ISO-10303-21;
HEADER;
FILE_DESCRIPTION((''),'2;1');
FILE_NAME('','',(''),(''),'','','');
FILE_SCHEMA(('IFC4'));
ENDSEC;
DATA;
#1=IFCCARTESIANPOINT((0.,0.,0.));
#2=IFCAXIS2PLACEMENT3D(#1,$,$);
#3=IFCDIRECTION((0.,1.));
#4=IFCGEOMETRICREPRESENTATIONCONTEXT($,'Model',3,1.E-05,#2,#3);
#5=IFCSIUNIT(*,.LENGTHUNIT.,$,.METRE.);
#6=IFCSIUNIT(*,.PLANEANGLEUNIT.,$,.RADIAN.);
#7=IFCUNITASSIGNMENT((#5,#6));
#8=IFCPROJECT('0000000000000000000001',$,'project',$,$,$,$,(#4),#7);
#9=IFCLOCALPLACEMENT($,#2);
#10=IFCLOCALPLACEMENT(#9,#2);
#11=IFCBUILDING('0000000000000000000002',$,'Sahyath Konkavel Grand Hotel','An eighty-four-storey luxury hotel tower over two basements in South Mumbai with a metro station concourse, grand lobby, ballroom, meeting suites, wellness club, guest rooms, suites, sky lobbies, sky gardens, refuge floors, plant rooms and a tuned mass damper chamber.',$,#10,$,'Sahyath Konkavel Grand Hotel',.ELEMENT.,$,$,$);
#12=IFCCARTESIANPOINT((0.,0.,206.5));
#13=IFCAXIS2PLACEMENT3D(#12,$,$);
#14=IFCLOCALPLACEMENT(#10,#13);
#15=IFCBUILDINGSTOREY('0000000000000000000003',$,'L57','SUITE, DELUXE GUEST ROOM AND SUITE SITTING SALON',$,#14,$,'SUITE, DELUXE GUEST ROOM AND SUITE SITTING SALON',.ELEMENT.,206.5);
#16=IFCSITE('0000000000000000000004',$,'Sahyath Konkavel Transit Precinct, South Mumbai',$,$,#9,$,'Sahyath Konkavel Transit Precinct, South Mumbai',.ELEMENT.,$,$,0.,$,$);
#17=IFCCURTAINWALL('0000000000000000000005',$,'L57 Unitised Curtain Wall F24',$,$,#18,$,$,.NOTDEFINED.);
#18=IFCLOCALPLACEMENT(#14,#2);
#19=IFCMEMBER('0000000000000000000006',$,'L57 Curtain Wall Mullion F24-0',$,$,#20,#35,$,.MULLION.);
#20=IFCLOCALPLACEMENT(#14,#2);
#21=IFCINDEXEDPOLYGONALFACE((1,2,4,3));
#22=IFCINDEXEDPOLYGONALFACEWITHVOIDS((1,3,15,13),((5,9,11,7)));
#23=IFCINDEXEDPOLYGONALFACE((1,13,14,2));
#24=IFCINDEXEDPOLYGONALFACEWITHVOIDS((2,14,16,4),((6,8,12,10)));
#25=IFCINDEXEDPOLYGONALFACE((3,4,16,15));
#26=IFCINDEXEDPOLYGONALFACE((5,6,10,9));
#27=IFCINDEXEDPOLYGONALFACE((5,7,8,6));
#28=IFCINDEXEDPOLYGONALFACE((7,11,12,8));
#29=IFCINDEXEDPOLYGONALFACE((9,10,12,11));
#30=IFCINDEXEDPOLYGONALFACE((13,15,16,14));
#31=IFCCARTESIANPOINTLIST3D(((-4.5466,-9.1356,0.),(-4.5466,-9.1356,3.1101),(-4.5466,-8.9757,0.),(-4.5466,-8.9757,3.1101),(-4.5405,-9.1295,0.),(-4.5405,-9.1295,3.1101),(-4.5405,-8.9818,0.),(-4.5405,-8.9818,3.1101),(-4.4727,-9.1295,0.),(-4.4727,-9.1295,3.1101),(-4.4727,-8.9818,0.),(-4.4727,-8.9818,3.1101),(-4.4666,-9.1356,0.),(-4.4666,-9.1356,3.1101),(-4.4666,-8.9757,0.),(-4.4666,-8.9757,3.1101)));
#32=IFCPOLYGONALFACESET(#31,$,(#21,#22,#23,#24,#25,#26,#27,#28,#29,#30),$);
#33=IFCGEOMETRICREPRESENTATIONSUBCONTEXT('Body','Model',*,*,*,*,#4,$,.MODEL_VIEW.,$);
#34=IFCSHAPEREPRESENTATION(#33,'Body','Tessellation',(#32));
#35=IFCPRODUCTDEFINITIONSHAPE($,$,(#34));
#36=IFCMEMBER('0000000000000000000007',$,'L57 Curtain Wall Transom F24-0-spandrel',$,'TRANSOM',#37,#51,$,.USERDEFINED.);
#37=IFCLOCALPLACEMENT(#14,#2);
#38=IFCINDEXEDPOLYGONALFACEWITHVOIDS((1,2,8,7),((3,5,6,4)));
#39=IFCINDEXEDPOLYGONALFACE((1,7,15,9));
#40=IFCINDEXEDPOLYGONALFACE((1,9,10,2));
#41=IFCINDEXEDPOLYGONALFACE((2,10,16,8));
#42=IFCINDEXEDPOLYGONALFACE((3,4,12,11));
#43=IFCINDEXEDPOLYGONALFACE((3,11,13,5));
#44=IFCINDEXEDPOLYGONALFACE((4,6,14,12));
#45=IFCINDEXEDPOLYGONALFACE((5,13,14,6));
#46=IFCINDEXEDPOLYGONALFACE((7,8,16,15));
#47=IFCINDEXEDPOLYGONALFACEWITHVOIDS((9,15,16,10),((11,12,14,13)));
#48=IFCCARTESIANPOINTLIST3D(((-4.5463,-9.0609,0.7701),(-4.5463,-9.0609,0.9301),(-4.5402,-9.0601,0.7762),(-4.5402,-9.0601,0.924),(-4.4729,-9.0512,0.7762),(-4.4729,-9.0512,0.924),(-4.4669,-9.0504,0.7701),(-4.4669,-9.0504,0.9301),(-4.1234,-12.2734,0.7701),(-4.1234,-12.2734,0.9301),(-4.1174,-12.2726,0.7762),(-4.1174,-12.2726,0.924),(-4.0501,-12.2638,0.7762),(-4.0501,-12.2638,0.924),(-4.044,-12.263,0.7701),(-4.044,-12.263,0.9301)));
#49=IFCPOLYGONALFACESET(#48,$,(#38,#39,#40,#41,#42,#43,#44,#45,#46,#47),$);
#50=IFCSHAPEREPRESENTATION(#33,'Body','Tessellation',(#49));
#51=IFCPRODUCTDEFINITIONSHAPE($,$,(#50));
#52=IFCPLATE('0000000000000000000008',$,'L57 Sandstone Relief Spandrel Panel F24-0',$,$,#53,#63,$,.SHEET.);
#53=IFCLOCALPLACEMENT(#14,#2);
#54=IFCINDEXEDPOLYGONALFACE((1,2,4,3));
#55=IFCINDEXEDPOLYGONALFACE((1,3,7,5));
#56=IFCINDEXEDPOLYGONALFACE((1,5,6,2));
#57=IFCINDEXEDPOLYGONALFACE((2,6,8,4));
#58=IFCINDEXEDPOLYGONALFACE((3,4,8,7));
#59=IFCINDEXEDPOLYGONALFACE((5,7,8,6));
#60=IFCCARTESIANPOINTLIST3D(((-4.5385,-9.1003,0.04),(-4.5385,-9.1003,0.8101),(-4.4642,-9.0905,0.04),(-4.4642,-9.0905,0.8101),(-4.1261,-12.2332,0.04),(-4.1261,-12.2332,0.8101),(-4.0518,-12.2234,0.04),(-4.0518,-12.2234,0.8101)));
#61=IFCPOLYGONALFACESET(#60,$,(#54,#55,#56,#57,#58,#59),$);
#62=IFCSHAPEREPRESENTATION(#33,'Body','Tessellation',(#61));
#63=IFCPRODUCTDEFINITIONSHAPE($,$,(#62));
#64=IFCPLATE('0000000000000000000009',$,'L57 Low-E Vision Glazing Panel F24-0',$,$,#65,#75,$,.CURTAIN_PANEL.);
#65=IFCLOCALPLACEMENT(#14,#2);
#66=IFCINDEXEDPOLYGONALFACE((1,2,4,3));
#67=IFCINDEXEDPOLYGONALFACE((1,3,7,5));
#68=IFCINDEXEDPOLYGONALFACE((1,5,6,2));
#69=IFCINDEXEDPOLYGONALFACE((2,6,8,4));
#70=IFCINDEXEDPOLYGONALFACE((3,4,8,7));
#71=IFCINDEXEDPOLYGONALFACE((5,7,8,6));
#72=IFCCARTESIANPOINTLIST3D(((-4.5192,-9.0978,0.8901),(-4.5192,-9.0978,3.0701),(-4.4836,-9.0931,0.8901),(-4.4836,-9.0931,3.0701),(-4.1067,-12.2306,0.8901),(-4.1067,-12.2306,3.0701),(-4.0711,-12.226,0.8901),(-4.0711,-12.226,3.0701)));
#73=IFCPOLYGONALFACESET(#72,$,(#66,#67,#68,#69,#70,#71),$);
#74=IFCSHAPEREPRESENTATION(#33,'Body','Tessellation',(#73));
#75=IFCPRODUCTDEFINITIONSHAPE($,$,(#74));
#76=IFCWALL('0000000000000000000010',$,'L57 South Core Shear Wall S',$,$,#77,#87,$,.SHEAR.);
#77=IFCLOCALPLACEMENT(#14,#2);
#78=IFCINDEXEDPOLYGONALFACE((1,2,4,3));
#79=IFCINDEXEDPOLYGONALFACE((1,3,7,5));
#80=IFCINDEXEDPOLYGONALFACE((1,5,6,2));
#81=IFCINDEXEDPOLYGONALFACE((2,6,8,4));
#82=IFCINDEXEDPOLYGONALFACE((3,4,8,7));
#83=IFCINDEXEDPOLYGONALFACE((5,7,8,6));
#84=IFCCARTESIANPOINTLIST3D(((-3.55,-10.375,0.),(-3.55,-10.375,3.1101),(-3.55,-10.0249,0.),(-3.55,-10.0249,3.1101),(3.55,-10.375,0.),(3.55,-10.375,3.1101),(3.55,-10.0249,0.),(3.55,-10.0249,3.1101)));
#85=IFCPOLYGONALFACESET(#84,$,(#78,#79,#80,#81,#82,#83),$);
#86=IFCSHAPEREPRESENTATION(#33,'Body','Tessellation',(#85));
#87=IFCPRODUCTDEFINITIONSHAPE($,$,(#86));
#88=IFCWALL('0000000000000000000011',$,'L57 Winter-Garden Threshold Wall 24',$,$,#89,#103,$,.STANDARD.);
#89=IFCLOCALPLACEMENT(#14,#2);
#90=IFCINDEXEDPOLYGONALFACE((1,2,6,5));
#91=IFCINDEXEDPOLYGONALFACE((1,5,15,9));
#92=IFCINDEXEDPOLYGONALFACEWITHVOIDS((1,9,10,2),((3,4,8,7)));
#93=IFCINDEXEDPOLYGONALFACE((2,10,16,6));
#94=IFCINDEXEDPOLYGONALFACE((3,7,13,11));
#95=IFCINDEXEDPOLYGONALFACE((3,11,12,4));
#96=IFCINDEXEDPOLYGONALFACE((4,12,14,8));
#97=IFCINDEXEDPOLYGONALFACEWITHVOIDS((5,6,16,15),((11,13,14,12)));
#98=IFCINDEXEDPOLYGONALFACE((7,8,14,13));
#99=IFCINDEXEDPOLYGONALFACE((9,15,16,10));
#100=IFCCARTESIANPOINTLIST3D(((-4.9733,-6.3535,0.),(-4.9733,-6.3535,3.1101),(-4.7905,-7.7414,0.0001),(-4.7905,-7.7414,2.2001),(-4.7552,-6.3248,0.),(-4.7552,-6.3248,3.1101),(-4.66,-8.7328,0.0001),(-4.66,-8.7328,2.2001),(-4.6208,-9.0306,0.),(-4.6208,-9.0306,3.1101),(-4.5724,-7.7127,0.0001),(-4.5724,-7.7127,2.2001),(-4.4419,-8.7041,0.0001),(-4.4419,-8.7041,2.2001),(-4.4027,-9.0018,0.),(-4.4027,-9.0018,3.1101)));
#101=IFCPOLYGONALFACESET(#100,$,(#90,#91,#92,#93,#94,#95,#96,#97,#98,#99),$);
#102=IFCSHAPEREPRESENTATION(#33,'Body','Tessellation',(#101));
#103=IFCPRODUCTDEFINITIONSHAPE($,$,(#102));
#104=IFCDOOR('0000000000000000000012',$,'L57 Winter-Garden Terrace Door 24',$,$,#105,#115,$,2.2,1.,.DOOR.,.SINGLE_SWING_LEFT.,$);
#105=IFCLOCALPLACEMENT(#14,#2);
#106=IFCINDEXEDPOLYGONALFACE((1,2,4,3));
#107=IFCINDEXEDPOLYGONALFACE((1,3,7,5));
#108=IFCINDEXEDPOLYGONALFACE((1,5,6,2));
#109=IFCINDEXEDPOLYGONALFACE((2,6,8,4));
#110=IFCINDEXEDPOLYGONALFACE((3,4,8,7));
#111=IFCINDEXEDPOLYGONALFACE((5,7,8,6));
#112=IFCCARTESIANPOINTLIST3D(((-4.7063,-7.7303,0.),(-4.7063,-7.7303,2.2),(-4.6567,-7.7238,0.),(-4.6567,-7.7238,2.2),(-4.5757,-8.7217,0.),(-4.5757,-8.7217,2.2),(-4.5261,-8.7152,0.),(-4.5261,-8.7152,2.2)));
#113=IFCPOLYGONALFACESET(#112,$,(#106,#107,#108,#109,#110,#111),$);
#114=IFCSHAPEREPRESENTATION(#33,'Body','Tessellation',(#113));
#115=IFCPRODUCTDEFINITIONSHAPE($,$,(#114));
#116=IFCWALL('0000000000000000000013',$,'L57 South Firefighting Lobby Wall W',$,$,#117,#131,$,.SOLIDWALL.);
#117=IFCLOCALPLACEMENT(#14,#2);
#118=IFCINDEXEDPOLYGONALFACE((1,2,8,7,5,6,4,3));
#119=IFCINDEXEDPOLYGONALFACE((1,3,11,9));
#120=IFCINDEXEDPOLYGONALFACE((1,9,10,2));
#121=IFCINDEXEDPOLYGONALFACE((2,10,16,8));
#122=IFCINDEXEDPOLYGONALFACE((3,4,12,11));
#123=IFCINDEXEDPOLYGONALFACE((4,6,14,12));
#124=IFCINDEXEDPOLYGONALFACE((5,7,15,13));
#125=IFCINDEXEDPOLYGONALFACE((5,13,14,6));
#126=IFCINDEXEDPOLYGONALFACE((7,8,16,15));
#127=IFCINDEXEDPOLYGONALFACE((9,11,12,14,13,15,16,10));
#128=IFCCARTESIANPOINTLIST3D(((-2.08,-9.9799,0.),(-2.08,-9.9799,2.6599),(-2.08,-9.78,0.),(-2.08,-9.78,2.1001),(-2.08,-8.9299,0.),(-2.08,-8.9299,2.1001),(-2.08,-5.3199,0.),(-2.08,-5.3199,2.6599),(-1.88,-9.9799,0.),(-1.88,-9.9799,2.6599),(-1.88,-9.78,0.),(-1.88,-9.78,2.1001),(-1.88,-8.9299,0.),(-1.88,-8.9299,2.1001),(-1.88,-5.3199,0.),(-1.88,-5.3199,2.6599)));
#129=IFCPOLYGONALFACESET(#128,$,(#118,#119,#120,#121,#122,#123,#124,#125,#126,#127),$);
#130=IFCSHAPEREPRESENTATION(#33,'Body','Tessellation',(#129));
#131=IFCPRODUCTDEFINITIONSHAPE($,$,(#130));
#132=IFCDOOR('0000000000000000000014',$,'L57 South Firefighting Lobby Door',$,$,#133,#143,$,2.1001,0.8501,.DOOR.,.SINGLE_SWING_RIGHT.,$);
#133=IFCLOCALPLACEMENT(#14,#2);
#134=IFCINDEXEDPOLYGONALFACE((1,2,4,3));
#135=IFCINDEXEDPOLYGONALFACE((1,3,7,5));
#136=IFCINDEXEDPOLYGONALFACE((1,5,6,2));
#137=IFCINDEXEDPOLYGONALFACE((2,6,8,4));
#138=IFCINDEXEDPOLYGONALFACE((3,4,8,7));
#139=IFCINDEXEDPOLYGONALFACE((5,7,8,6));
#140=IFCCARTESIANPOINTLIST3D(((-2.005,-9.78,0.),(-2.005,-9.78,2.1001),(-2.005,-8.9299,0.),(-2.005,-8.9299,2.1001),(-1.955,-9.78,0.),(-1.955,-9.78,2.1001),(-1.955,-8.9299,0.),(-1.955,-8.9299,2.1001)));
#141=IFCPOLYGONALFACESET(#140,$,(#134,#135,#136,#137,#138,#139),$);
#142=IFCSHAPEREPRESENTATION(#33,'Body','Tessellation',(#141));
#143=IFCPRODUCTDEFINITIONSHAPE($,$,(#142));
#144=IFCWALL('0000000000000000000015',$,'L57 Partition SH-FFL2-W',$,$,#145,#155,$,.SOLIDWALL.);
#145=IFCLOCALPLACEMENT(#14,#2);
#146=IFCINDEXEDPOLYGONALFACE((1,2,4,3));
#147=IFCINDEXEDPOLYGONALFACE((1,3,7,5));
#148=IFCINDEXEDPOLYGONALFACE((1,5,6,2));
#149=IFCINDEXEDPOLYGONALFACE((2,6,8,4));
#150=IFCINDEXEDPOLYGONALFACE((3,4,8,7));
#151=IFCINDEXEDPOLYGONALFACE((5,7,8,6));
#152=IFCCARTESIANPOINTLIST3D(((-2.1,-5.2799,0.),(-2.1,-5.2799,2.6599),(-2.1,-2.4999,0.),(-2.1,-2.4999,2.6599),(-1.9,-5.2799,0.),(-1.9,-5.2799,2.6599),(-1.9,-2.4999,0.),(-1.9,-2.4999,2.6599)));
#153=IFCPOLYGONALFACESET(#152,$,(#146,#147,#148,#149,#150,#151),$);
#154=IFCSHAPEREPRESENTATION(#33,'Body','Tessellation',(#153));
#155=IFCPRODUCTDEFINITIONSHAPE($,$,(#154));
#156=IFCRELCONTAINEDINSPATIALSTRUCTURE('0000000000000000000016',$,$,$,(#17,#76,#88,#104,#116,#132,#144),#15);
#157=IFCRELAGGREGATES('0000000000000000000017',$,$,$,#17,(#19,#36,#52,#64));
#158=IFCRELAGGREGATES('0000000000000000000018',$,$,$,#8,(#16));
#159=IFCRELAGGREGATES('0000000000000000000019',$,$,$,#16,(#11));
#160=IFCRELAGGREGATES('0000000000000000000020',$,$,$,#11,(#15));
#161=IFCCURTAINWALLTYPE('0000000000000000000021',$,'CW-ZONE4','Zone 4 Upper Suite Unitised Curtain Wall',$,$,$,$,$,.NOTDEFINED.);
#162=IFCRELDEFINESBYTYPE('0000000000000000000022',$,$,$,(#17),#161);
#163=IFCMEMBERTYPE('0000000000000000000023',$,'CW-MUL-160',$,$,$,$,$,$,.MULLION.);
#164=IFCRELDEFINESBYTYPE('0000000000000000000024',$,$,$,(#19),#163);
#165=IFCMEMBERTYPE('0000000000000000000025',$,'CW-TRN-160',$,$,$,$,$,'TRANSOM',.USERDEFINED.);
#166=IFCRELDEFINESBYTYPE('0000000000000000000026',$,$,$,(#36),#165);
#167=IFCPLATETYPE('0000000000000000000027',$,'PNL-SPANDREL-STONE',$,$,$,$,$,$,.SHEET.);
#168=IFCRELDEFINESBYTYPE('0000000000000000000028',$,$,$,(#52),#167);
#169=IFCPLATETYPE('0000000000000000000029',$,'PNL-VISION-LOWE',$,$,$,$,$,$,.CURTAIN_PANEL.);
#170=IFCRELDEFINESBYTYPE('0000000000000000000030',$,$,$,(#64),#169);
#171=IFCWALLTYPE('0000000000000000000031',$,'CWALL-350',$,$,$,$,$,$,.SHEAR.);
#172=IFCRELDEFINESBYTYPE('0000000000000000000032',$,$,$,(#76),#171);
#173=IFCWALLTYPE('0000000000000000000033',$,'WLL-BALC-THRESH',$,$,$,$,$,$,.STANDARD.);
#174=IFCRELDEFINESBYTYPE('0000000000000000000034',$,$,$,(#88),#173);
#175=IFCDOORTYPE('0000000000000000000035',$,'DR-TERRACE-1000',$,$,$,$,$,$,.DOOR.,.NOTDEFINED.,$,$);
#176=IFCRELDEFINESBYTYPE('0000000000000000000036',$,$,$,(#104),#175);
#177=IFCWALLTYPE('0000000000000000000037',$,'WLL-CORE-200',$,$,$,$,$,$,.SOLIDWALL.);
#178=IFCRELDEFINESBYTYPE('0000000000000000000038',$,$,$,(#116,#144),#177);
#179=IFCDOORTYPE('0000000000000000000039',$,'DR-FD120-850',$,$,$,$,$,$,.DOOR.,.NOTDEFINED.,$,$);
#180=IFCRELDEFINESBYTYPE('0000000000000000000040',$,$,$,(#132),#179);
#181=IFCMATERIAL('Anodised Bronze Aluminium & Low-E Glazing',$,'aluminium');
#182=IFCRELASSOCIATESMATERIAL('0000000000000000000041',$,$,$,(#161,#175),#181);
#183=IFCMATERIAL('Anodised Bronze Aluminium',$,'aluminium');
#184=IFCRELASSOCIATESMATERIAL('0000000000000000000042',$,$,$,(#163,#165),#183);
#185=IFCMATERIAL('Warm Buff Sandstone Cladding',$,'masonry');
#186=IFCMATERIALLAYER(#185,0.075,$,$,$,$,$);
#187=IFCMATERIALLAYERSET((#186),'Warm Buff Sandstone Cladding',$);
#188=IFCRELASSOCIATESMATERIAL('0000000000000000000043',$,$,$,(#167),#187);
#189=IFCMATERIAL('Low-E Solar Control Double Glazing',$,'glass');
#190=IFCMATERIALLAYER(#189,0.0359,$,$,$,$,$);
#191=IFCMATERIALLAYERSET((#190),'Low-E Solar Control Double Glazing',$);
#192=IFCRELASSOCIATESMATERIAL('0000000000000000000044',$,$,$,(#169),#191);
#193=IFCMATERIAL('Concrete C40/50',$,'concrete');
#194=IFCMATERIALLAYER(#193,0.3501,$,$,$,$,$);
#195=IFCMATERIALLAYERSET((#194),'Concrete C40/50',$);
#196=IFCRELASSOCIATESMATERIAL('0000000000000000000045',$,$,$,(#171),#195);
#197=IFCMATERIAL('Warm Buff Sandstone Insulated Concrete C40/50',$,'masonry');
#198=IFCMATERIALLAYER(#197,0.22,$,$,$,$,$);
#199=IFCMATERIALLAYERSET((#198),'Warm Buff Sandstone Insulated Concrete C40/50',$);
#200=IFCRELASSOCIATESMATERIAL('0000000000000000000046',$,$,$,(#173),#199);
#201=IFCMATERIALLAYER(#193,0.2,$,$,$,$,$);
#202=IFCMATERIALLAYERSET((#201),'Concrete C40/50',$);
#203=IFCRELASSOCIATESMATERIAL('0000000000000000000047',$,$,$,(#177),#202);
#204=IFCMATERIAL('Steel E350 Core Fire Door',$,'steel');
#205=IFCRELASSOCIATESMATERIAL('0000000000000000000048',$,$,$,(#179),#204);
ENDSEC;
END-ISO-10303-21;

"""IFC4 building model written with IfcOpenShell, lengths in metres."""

from ifc_helpers import new_model, si_unit, direction, frame, frame_2d, origin, origin_2d, place, context, subcontext, project, spatial, rectangle, hollow_rectangle, extrude, source, transform, mapped, material, layer, layer_set, material_profile, profile_set, type_object, element, fill, aggregate, save


model = new_model("IFC4")

# Units and contexts
model_context = context("Model", 3, precision=1e-05, world=origin(), true_north=direction((0.0, 1.0)))
body_context = subcontext(model_context, "Body", "Model", "MODEL_VIEW")
ifc_project = project(units=[si_unit("LENGTHUNIT", "METRE"), si_unit("PLANEANGLEUNIT", "RADIAN")], contexts=[model_context])

# Site, building, storey
site_placement = place(None, origin())
site = spatial("IfcSite", under=ifc_project, at=site_placement, Name="Sahyath Konkavel Transit Precinct, South Mumbai", LongName="Sahyath Konkavel Transit Precinct, South Mumbai", CompositionType="ELEMENT", RefElevation=0.0)
building_placement = place(site_placement, origin())
building = spatial("IfcBuilding", under=site, at=building_placement, Name="Sahyath Konkavel Grand Hotel", Description="An eighty-four-storey luxury hotel tower over two basements in South Mumbai with a metro station concourse, grand lobby, ballroom, meeting suites, wellness club, guest rooms, suites, sky lobbies, sky gardens, refuge floors, plant rooms and a tuned mass damper chamber.", LongName="Sahyath Konkavel Grand Hotel", CompositionType="ELEMENT")
storey_placement = place(building_placement, frame((0.0, 0.0, 206.5)))
storey = spatial("IfcBuildingStorey", under=building, at=storey_placement, Name="L57", Description="SUITE, DELUXE GUEST ROOM AND SUITE SITTING SALON", LongName="SUITE, DELUXE GUEST ROOM AND SUITE SITTING SALON", CompositionType="ELEMENT", Elevation=206.5)

# Shared definitions
ifc_material_1 = material(Name="Concrete C40/50", Category="concrete")

# Shared definitions
ifc_material_2 = material(Name="Anodised Bronze Aluminium & Low-E Glazing", Category="aluminium")
curtain_wall_type = type_object("IfcCurtainWallType", Name="CW-ZONE4", Description="Zone 4 Upper Suite Unitised Curtain Wall", PredefinedType="NOTDEFINED", material=ifc_material_2)
ifc_material_3 = material(Name="Anodised Bronze Aluminium", Category="aluminium")
ifc_material_profile_1 = material_profile(ifc_material_3, hollow_rectangle(XDim=0.0801, YDim=0.1599, WallThickness=0.0061, at=origin_2d()), Name="RHS 160x80x6")
ifc_profile_set_1 = profile_set([ifc_material_profile_1], Name="Anodised Bronze Aluminium")
member_type_1 = type_object("IfcMemberType", Name="CW-MUL-160", PredefinedType="MULLION", material=ifc_profile_set_1)
shared_shape_1 = source(origin(), body_context, "Body", "SweptSolid", [
    extrude(hollow_rectangle(XDim=0.0801, YDim=0.1599, WallThickness=0.0061, at=origin_2d()), origin(), (0.0, 0.0, 1.0), 3.1101),
])

# Curtain wall, members, plates
curtain_wall_1_placement = place(storey_placement, origin())
curtain_wall_1 = element("IfcCurtainWall", 1, at=curtain_wall_1_placement, inside=storey, type_object=curtain_wall_type, Name="L57 Unitised Curtain Wall F24", PredefinedType="NOTDEFINED")
member_1_placement = place(storey_placement, frame((-4.5066, -9.0557, 0.0), z_axis=(0.0, 0.0, 1.0), x_axis=(1.0, 0.0, 0.0)))
member_1 = element("IfcMember", 2, at=member_1_placement, type_object=member_type_1, Name="L57 Curtain Wall Mullion F24-0", PredefinedType="MULLION", context=body_context, shape_type="MappedRepresentation", body=[
    mapped(shared_shape_1, transform((0.0, 0.0, 0.0), scale=1.0)),
])
ifc_material_profile_2 = material_profile(ifc_material_3, hollow_rectangle(XDim=0.0801, YDim=0.1599, WallThickness=0.0061, at=origin_2d()), Name="RHS 160x80x6")
ifc_profile_set_2 = profile_set([ifc_material_profile_2], Name="Anodised Bronze Aluminium")
member_type_2 = type_object("IfcMemberType", Name="CW-TRN-160", ElementType="TRANSOM", PredefinedType="USERDEFINED", material=ifc_profile_set_2)
shared_shape_2 = source(origin(), body_context, "Body", "SweptSolid", [
    extrude(hollow_rectangle(XDim=0.0801, YDim=0.1599, WallThickness=0.0061, at=origin_2d()), origin(), (0.0, 0.0, 1.0), 3.2402),
])
member_2_placement = place(storey_placement, frame((-4.5066, -9.0557, 0.8501), z_axis=(0.130505, -0.991448, 0.0), x_axis=(0.991448, 0.130505, 0.0)))
member_2 = element("IfcMember", 3, at=member_2_placement, type_object=member_type_2, Name="L57 Curtain Wall Transom F24-0-spandrel", ObjectType="TRANSOM", PredefinedType="USERDEFINED", context=body_context, shape_type="MappedRepresentation", body=[
    mapped(shared_shape_2, transform((0.0, 0.0, 0.0), scale=1.0)),
])
ifc_material_4 = material(Name="Warm Buff Sandstone Cladding", Category="masonry")
ifc_layer_1 = layer(ifc_material_4, 0.075)
ifc_layer_set_1 = layer_set([ifc_layer_1], Name="Warm Buff Sandstone Cladding")
plate_type_1 = type_object("IfcPlateType", Name="PNL-SPANDREL-STONE", PredefinedType="SHEET", material=ifc_layer_set_1)
shared_shape_3 = source(origin(), body_context, "Body", "SweptSolid", [
    extrude(rectangle(XDim=3.1599, YDim=0.075, at=origin_2d()), origin(), (0.0, 0.0, 1.0), 0.77),
])
plate_1_placement = place(storey_placement, frame((-4.2952, -10.6619, 0.04), z_axis=(0.0, 0.0, 1.0), x_axis=(0.130526, -0.991445, 0.0)))
plate_1 = element("IfcPlate", 4, at=plate_1_placement, type_object=plate_type_1, Name="L57 Sandstone Relief Spandrel Panel F24-0", PredefinedType="SHEET", context=body_context, shape_type="MappedRepresentation", body=[
    mapped(shared_shape_3, transform((0.0, 0.0, 0.0), scale=1.0)),
])
ifc_material_5 = material(Name="Low-E Solar Control Double Glazing", Category="glass")
ifc_layer_2 = layer(ifc_material_5, 0.0359)
ifc_layer_set_2 = layer_set([ifc_layer_2], Name="Low-E Solar Control Double Glazing")
plate_type_2 = type_object("IfcPlateType", Name="PNL-VISION-LOWE", PredefinedType="CURTAIN_PANEL", material=ifc_layer_set_2)
shared_shape_4 = source(origin(), body_context, "Body", "SweptSolid", [
    extrude(rectangle(XDim=3.1599, YDim=0.0359, at=origin_2d()), origin(), (0.0, 0.0, 1.0), 2.1799),
])
plate_2_placement = place(storey_placement, frame((-4.2952, -10.6619, 0.8901), z_axis=(0.0, 0.0, 1.0), x_axis=(0.130526, -0.991445, 0.0)))
plate_2 = element("IfcPlate", 5, at=plate_2_placement, type_object=plate_type_2, Name="L57 Low-E Vision Glazing Panel F24-0", PredefinedType="CURTAIN_PANEL", context=body_context, shape_type="MappedRepresentation", body=[
    mapped(shared_shape_4, transform((0.0, 0.0, 0.0), scale=1.0)),
])
aggregate(curtain_wall_1, [member_1, member_2, plate_1, plate_2])

# Wall
ifc_layer_3 = layer(ifc_material_1, 0.3501)
ifc_layer_set_3 = layer_set([ifc_layer_3], Name="Concrete C40/50")
wall_type_1 = type_object("IfcWallType", Name="CWALL-350", PredefinedType="SHEAR", material=ifc_layer_set_3)
wall_1_placement = place(storey_placement, frame((-3.55, -10.2, 0.0), z_axis=(0.0, 0.0, 1.0), x_axis=(1.0, 0.0, 0.0)))
element("IfcWall", 6, at=wall_1_placement, inside=storey, type_object=wall_type_1, Name="L57 South Core Shear Wall S", PredefinedType="SHEAR", context=body_context, shape_type="SweptSolid", body=[
    extrude(rectangle(XDim=7.1001, YDim=0.3501, at=frame_2d((3.55, 0.0))), origin(), (0.0, 0.0, 1.0), 3.1101),
])

# Walls, openings, doors
ifc_material_6 = material(Name="Warm Buff Sandstone Insulated Concrete C40/50", Category="masonry")
ifc_layer_4 = layer(ifc_material_6, 0.22)
ifc_layer_set_4 = layer_set([ifc_layer_4], Name="Warm Buff Sandstone Insulated Concrete C40/50")
wall_type_2 = type_object("IfcWallType", Name="WLL-BALC-THRESH", PredefinedType="STANDARD", material=ifc_layer_set_4)
wall_2_placement = place(storey_placement, frame((-4.8643, -6.3391, 0.0), z_axis=(0.0, 0.0, 1.0), x_axis=(0.130564, -0.99144, 0.0)))
wall_2 = element("IfcWall", 7, at=wall_2_placement, inside=storey, type_object=wall_type_2, Name="L57 Winter-Garden Threshold Wall 24", PredefinedType="STANDARD", context=body_context, shape_type="SweptSolid", body=[
    extrude(rectangle(XDim=2.7002, YDim=0.22, at=frame_2d((1.3501, 0.0))), origin(), (0.0, 0.0, 1.0), 3.1101),
])
opening_1_placement = place(wall_2_placement, frame((1.3999, 0.0, 0.0)))
opening_1 = element("IfcOpeningElement", 8, at=opening_1_placement, cuts=wall_2, PredefinedType="OPENING", context=body_context, shape_type="SweptSolid", body=[
    extrude(rectangle(XDim=1.0, YDim=2.2, at=frame_2d((0.5, 1.1001))), frame((0.0, 0.1201, 0.0), z_axis=(0.0, -1.0, 0.0), x_axis=(1.0, 0.0, 0.0)), (0.0, 0.0, 1.0), 0.24),
])
door_type_1 = type_object("IfcDoorType", Name="DR-TERRACE-1000", OperationType="NOTDEFINED", PredefinedType="DOOR", material=ifc_material_2)
shared_shape_5 = source(origin(), body_context, "Body", "SweptSolid", [
    extrude(rectangle(XDim=1.0, YDim=0.05, at=origin_2d()), origin(), (0.0, 0.0, 1.0), 2.2),
])
door_1_placement = place(opening_1_placement, frame((0.5, 0.0, 0.0)))
door_1 = element("IfcDoor", 9, at=door_1_placement, inside=storey, type_object=door_type_1, Name="L57 Winter-Garden Terrace Door 24", OperationType="SINGLE_SWING_LEFT", OverallHeight=2.2, OverallWidth=1.0, PredefinedType="DOOR", context=body_context, shape_type="MappedRepresentation", body=[
    mapped(shared_shape_5, transform((0.0, 0.0, 0.0), scale=1.0)),
])
fill(opening_1, door_1)
ifc_layer_5 = layer(ifc_material_1, 0.2)
ifc_layer_set_5 = layer_set([ifc_layer_5], Name="Concrete C40/50")
wall_type_3 = type_object("IfcWallType", Name="WLL-CORE-200", PredefinedType="SOLIDWALL", material=ifc_layer_set_5)
wall_3_placement = place(storey_placement, frame((-1.98, -9.98, 0.0), z_axis=(0.0, 0.0, 1.0), x_axis=(0.0, 1.0, 0.0)))
wall_3 = element("IfcWall", 10, at=wall_3_placement, inside=storey, type_object=wall_type_3, Name="L57 South Firefighting Lobby Wall W", PredefinedType="SOLIDWALL", context=body_context, shape_type="SweptSolid", body=[
    extrude(rectangle(XDim=4.6599, YDim=0.2, at=frame_2d((2.3301, 0.0))), origin(), (0.0, 0.0, 1.0), 2.6599),
])
opening_2_placement = place(wall_3_placement, frame((0.2, 0.0, 0.0)))
opening_2 = element("IfcOpeningElement", 11, at=opening_2_placement, cuts=wall_3, PredefinedType="OPENING", context=body_context, shape_type="SweptSolid", body=[
    extrude(rectangle(XDim=0.8501, YDim=2.1001, at=frame_2d((0.425, 1.05))), frame((0.0, 0.1099, 0.0), z_axis=(0.0, -1.0, 0.0), x_axis=(1.0, 0.0, 0.0)), (0.0, 0.0, 1.0), 0.22),
])
ifc_material_7 = material(Name="Steel E350 Core Fire Door", Category="steel")
door_type_2 = type_object("IfcDoorType", Name="DR-FD120-850", OperationType="NOTDEFINED", PredefinedType="DOOR", material=ifc_material_7)
shared_shape_6 = source(origin(), body_context, "Body", "SweptSolid", [
    extrude(rectangle(XDim=0.8501, YDim=0.05, at=origin_2d()), origin(), (0.0, 0.0, 1.0), 2.1001),
])
door_2_placement = place(opening_2_placement, frame((0.425, 0.0, 0.0)))
door_2 = element("IfcDoor", 12, at=door_2_placement, inside=storey, type_object=door_type_2, Name="L57 South Firefighting Lobby Door", OperationType="SINGLE_SWING_RIGHT", OverallHeight=2.1001, OverallWidth=0.8501, PredefinedType="DOOR", context=body_context, shape_type="MappedRepresentation", body=[
    mapped(shared_shape_6, transform((0.0, 0.0, 0.0), scale=1.0)),
])
fill(opening_2, door_2)

# Wall
wall_4_placement = place(storey_placement, frame((-2.0, -5.28, 0.0), z_axis=(0.0, 0.0, 1.0), x_axis=(0.0, 1.0, 0.0)))
element("IfcWall", 13, at=wall_4_placement, inside=storey, type_object=wall_type_3, Name="L57 Partition SH-FFL2-W", PredefinedType="SOLIDWALL", context=body_context, shape_type="SweptSolid", body=[
    extrude(rectangle(XDim=2.78, YDim=0.2, at=frame_2d((1.3901, 0.0))), origin(), (0.0, 0.0, 1.0), 2.6599),
])

save(model, "model.ifc")
